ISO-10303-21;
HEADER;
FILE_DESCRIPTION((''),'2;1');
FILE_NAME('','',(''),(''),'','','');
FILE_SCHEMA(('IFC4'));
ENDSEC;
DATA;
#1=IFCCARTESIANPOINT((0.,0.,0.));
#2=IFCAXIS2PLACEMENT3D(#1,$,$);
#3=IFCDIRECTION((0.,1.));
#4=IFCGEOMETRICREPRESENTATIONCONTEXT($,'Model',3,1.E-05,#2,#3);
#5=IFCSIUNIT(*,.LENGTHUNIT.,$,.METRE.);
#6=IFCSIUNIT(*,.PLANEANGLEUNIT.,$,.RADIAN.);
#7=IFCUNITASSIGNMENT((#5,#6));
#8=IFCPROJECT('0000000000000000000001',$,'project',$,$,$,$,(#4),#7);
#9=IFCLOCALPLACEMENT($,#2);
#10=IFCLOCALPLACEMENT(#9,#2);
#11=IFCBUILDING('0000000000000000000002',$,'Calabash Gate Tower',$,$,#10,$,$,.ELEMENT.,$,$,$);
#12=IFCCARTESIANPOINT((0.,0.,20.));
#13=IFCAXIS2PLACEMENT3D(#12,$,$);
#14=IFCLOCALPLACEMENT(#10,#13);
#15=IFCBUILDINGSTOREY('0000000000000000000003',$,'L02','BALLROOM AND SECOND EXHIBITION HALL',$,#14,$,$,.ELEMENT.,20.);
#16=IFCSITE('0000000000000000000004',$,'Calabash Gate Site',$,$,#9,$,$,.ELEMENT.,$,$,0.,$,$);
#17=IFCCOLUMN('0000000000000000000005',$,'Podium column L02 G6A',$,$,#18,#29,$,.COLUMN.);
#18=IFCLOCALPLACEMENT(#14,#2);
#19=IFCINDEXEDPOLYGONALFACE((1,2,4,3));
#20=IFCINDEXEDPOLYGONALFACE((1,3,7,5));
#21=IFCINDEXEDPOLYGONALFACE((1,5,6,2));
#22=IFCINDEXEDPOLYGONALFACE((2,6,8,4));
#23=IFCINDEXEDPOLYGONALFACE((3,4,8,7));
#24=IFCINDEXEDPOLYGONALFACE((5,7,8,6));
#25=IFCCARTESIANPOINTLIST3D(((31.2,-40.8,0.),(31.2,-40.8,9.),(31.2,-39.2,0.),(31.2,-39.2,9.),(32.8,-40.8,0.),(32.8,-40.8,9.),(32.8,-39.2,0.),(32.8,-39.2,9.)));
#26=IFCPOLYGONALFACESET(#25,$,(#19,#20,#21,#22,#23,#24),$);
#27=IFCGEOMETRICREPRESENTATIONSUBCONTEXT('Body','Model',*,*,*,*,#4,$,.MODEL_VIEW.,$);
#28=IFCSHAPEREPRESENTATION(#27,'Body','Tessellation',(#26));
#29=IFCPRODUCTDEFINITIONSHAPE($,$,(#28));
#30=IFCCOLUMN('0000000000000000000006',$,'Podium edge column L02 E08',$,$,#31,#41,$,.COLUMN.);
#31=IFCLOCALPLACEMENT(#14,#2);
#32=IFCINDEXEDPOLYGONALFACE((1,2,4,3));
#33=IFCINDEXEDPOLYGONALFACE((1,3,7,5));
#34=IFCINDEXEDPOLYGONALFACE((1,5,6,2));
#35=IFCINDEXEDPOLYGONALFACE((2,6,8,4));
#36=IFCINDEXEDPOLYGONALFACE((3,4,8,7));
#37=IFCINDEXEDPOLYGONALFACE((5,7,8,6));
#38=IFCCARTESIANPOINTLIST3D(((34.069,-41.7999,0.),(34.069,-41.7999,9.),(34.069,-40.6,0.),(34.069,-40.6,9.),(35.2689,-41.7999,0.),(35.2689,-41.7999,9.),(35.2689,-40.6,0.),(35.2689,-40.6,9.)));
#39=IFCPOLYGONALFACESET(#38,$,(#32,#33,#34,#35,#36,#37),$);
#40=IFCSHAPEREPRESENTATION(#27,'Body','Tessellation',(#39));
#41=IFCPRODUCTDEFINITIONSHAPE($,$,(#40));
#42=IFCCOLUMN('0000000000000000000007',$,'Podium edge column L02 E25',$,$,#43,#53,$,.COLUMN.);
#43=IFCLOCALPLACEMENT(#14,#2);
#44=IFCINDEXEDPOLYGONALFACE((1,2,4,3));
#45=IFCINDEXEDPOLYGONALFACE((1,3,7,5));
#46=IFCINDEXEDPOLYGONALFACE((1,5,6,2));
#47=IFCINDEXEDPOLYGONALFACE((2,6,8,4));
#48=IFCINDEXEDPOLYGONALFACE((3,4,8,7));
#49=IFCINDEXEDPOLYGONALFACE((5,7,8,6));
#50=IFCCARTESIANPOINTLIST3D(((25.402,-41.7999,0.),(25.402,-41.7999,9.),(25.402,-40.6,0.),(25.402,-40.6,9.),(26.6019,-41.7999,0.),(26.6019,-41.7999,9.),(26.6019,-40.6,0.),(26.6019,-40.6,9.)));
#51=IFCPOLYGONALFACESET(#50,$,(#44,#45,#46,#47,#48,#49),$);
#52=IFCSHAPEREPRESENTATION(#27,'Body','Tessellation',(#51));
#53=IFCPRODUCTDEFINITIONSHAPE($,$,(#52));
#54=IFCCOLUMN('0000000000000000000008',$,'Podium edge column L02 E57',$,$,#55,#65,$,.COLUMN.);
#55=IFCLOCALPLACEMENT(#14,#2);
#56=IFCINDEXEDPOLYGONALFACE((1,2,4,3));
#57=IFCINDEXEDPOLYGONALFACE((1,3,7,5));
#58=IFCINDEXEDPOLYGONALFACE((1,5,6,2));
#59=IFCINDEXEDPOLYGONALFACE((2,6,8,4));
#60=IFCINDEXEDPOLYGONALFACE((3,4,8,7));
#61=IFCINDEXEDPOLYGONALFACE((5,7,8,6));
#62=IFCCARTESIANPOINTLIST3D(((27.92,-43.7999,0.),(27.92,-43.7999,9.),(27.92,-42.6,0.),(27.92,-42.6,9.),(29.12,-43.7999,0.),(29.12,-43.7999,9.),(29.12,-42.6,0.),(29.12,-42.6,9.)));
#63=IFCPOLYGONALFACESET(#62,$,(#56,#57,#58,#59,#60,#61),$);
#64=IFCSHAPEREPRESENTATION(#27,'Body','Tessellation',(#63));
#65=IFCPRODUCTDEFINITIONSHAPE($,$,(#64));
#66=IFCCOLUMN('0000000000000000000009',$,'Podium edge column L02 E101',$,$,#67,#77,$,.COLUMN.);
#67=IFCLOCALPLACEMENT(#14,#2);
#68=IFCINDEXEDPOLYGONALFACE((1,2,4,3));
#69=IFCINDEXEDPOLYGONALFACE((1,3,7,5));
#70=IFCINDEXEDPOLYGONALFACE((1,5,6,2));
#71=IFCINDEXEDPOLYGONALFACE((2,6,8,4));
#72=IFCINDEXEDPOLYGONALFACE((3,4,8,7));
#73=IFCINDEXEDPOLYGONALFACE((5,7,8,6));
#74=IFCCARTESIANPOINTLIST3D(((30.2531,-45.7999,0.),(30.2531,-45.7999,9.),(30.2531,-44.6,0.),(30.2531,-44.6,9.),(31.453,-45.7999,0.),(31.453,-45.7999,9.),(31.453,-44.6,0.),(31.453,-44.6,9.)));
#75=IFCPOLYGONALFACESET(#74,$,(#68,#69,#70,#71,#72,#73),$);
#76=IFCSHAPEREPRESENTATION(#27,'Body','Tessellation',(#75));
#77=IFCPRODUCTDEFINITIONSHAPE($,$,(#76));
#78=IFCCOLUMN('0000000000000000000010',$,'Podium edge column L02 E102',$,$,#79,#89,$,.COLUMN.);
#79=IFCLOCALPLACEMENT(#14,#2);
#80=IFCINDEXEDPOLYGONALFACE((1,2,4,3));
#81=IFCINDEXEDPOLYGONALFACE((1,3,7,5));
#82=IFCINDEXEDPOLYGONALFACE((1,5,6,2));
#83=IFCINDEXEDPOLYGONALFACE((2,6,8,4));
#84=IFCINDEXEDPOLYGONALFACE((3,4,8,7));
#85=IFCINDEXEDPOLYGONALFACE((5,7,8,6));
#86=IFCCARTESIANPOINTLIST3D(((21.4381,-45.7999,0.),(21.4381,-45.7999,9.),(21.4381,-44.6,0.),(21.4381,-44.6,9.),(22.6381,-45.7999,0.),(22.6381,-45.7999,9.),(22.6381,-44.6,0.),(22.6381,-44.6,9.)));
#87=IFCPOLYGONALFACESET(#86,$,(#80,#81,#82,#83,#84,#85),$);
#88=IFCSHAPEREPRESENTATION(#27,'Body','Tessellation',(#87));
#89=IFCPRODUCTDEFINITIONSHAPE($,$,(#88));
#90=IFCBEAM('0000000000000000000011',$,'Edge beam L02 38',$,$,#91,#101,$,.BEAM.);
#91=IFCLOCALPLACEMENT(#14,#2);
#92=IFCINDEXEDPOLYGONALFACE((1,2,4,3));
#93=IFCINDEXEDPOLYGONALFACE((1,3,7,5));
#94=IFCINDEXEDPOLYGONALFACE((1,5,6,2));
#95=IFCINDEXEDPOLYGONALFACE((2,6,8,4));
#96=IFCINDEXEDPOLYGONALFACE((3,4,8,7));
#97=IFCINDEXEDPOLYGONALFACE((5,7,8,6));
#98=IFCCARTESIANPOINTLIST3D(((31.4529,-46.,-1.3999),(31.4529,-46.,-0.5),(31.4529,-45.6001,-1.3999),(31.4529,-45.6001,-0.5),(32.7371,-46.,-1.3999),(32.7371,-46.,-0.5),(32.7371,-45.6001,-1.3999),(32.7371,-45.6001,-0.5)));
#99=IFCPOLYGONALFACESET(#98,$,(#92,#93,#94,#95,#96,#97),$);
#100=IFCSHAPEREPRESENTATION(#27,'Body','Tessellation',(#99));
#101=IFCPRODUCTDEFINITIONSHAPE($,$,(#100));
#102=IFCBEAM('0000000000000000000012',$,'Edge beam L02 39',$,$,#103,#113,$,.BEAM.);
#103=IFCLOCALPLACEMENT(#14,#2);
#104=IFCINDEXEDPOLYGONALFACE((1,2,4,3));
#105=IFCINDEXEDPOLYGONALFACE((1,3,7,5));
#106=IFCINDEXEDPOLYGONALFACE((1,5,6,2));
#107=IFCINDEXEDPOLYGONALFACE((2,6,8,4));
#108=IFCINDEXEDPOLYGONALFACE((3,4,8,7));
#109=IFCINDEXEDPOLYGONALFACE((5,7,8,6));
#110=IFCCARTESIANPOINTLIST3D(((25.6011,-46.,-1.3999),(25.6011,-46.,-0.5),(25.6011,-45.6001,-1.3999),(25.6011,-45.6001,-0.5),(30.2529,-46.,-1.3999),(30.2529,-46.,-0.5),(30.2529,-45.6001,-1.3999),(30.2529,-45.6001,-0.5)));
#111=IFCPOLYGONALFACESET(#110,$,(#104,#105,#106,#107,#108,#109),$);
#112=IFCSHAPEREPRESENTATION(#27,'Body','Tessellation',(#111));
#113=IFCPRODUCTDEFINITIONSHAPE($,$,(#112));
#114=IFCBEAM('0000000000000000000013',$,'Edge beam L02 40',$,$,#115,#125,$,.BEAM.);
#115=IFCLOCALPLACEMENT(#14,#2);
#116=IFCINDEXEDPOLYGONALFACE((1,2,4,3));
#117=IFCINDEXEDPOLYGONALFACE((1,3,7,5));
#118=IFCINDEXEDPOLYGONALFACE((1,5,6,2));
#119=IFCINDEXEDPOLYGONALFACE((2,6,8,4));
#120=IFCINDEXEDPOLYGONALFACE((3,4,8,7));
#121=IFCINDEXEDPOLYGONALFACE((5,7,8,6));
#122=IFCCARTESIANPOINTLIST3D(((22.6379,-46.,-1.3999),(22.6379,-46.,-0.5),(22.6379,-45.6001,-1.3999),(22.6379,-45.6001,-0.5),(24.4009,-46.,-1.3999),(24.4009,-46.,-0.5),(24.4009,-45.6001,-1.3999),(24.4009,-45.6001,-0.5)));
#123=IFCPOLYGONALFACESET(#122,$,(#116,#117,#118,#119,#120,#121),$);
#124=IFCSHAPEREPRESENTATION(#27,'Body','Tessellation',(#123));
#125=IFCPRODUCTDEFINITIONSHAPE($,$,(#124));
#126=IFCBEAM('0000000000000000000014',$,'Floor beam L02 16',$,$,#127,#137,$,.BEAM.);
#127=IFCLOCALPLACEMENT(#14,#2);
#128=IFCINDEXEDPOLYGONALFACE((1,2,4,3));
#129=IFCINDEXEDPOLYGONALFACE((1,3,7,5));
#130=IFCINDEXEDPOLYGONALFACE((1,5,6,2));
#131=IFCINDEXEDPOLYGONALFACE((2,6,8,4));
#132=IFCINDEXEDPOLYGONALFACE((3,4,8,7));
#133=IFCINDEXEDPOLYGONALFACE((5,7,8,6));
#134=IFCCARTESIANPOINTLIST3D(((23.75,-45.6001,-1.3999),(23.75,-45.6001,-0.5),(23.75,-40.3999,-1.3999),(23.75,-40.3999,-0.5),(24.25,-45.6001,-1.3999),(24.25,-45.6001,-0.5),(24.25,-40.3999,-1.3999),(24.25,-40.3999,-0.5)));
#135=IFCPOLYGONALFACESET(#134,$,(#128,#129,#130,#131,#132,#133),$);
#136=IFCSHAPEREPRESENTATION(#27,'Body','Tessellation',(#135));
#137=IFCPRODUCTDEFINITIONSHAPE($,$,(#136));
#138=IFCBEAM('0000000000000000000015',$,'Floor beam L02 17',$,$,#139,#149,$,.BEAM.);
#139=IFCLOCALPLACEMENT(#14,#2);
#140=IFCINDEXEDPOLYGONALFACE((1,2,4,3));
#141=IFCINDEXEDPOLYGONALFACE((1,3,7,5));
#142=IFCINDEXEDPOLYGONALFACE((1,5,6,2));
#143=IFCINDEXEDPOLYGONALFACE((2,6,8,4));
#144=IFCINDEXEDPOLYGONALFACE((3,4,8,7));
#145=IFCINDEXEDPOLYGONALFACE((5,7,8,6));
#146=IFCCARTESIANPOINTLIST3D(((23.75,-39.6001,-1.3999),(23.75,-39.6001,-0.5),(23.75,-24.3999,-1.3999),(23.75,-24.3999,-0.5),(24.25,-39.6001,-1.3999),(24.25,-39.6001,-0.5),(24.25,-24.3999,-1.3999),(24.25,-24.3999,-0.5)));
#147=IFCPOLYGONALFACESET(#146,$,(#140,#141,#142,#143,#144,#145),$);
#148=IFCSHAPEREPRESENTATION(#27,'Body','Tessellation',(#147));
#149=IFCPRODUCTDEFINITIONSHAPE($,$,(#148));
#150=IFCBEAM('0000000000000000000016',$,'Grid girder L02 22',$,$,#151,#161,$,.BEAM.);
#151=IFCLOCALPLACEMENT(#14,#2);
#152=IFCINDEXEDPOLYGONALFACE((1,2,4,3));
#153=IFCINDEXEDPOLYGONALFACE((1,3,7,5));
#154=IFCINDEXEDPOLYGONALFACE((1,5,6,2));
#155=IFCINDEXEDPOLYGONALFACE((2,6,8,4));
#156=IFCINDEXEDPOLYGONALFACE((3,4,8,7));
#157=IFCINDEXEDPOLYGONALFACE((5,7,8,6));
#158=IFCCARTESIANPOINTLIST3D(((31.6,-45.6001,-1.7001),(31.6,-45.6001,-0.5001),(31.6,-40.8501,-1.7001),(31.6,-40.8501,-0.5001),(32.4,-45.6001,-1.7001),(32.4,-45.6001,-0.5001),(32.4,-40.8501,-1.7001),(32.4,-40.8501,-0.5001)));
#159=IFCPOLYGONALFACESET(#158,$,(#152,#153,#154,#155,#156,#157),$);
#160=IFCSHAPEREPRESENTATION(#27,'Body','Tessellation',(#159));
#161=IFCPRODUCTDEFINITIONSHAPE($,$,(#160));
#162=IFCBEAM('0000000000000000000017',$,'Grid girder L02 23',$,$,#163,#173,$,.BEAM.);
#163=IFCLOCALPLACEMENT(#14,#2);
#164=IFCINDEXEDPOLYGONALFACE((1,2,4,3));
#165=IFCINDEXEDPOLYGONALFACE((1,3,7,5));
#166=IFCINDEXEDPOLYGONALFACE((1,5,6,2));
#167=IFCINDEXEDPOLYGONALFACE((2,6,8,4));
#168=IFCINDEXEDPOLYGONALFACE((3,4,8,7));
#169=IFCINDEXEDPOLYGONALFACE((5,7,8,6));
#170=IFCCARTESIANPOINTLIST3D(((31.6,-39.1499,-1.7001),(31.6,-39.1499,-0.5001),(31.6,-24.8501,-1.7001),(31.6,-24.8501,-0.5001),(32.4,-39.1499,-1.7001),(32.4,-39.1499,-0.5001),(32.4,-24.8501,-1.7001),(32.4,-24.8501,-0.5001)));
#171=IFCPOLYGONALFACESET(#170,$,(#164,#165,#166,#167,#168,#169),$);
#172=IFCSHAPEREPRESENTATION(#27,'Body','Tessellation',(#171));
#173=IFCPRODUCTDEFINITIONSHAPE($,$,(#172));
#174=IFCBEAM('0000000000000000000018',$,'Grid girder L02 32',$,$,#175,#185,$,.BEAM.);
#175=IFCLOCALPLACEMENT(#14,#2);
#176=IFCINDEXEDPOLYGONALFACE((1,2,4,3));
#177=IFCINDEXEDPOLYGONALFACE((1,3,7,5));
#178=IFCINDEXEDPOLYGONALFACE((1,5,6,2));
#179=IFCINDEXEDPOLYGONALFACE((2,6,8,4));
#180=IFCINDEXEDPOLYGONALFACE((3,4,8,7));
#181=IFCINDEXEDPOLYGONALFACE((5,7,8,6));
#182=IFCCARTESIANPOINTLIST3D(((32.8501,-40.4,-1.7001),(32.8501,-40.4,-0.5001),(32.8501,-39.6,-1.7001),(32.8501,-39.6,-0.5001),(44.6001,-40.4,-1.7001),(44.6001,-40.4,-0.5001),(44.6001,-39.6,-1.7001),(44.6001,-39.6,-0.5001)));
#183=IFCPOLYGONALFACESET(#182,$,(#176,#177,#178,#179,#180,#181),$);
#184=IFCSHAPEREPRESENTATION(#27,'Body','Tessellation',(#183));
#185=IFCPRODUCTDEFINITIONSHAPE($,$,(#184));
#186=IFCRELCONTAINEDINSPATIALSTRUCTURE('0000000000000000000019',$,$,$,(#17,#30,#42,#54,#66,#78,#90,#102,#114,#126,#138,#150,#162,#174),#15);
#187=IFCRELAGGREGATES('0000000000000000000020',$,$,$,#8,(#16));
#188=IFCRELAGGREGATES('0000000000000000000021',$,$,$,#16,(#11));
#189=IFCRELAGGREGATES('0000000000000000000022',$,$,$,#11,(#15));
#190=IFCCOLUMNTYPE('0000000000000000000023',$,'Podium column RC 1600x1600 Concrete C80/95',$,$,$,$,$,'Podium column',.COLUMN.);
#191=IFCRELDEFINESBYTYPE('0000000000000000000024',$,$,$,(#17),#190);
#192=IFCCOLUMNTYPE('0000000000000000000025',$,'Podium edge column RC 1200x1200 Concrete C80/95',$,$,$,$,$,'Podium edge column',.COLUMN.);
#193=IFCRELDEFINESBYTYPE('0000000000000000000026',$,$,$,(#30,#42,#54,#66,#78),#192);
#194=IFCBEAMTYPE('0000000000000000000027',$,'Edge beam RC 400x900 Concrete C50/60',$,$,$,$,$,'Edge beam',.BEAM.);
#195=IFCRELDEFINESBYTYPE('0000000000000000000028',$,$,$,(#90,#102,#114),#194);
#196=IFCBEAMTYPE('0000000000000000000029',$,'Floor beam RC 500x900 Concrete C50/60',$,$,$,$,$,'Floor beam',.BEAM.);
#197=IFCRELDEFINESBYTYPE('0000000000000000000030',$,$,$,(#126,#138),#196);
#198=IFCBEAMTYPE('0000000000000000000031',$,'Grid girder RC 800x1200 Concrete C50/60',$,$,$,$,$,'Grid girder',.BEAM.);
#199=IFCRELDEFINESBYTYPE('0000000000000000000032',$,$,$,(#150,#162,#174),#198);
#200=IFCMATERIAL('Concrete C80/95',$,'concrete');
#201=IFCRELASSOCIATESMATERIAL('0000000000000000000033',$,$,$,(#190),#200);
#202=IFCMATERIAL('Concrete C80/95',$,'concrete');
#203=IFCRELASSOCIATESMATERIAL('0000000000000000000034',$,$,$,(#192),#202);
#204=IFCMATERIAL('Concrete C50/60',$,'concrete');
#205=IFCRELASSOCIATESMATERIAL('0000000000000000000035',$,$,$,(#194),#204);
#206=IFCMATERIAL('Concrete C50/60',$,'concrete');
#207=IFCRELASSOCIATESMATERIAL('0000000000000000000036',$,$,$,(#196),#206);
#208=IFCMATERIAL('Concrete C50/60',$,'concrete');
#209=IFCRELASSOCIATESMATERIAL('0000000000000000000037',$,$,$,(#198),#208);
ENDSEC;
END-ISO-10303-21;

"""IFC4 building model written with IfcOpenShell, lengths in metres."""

from ifc_helpers import new_model, si_unit, direction, frame, origin, origin_2d, place, context, subcontext, project, spatial, rectangle, extrude, material, material_profile, profile_set, type_object, element, save


model = new_model("IFC4")

# Units and contexts
model_context = context("Model", 3, precision=1e-05, world=origin(), true_north=direction((0.0, 1.0)))
body_context = subcontext(model_context, "Body", "Model", "MODEL_VIEW")
ifc_project = project(units=[si_unit("LENGTHUNIT", "METRE"), si_unit("PLANEANGLEUNIT", "RADIAN")], contexts=[model_context])

# Site, building, storey
site_placement = place(None, origin())
site = spatial("IfcSite", under=ifc_project, at=site_placement, Name="Calabash Gate Site", CompositionType="ELEMENT", RefElevation=0.0)
building_placement = place(site_placement, origin())
building = spatial("IfcBuilding", under=site, at=building_placement, Name="Calabash Gate Tower", CompositionType="ELEMENT")
storey_placement = place(building_placement, frame((0.0, 0.0, 20.0)))
storey = spatial("IfcBuildingStorey", under=building, at=storey_placement, Name="L02", Description="BALLROOM AND SECOND EXHIBITION HALL", CompositionType="ELEMENT", Elevation=20.0)

# Columns
ifc_material_1 = material(Name="Concrete C80/95", Category="concrete")
ifc_material_profile_1 = material_profile(ifc_material_1, rectangle(XDim=1.6001, YDim=1.6001, at=origin_2d()))
ifc_profile_set_1 = profile_set([ifc_material_profile_1], Name="Concrete C80/95")
column_type_1 = type_object("IfcColumnType", Name="Podium column RC 1600x1600 Concrete C80/95", ElementType="Podium column", PredefinedType="COLUMN", material=ifc_profile_set_1)
column_placement = place(storey_placement, frame((32.0, -40.0, 0.0), z_axis=(0.0, 0.0, 1.0), x_axis=(1.0, 0.0, 0.0)))
element("IfcColumn", 1, at=column_placement, inside=storey, type_object=column_type_1, Name="Podium column L02 G6A", PredefinedType="COLUMN", context=body_context, shape_type="SweptSolid", body=[
    extrude(rectangle(XDim=1.6001, YDim=1.6001, at=origin_2d()), origin(), (0.0, 0.0, 1.0), 9.0),
])
ifc_material_2 = material(Name="Concrete C80/95", Category="concrete")
ifc_material_profile_2 = material_profile(ifc_material_2, rectangle(XDim=1.2, YDim=1.2, at=origin_2d()))
ifc_profile_set_2 = profile_set([ifc_material_profile_2], Name="Concrete C80/95")
column_type_2 = type_object("IfcColumnType", Name="Podium edge column RC 1200x1200 Concrete C80/95", ElementType="Podium edge column", PredefinedType="COLUMN", material=ifc_profile_set_2)
for number, where, z_axis, x_axis, name in (
    (2, (34.6689, -41.2, 0.0), (0.0, 0.0, 1.0), (1.0, 0.0, 0.0), "Podium edge column L02 E08"),
    (3, (26.002, -41.2, 0.0), (0.0, 0.0, 1.0), (1.0, 0.0, 0.0), "Podium edge column L02 E25"),
    (4, (28.52, -43.2, 0.0), (0.0, 0.0, 1.0), (1.0, 0.0, 0.0), "Podium edge column L02 E57"),
    (5, (30.853, -45.2, 0.0), (0.0, 0.0, 1.0), (1.0, 0.0, 0.0), "Podium edge column L02 E101"),
    (6, (22.0381, -45.2, 0.0), (0.0, 0.0, 1.0), (1.0, 0.0, 0.0), "Podium edge column L02 E102"),
):
    element("IfcColumn", number, at=place(storey_placement, frame(where, z_axis=z_axis, x_axis=x_axis)), inside=storey, type_object=column_type_2, Name=name, PredefinedType="COLUMN", context=body_context, shape_type="SweptSolid", body=[
        extrude(rectangle(XDim=1.2, YDim=1.2, at=origin_2d()), origin(), (0.0, 0.0, 1.0), 9.0),
    ])

# Beams
ifc_material_3 = material(Name="Concrete C50/60", Category="concrete")
ifc_material_profile_3 = material_profile(ifc_material_3, rectangle(XDim=0.3999, YDim=0.8999, at=origin_2d()))
ifc_profile_set_3 = profile_set([ifc_material_profile_3], Name="Concrete C50/60")
beam_type_1 = type_object("IfcBeamType", Name="Edge beam RC 400x900 Concrete C50/60", ElementType="Edge beam", PredefinedType="BEAM", material=ifc_profile_set_3)
beam_1_placement = place(storey_placement, frame((32.7371, -45.8, -0.95), z_axis=(-1.0, 0.0, 0.0), x_axis=(0.0, -1.0, 0.0)))
element("IfcBeam", 7, at=beam_1_placement, inside=storey, type_object=beam_type_1, Name="Edge beam L02 38", PredefinedType="BEAM", context=body_context, shape_type="SweptSolid", body=[
    extrude(rectangle(XDim=0.3999, YDim=0.8999, at=origin_2d()), origin(), (0.0, 0.0, 1.0), 1.2842),
])
beam_2_placement = place(storey_placement, frame((30.2529, -45.8, -0.95), z_axis=(-1.0, 0.0, 0.0), x_axis=(0.0, -1.0, 0.0)))
element("IfcBeam", 8, at=beam_2_placement, inside=storey, type_object=beam_type_1, Name="Edge beam L02 39", PredefinedType="BEAM", context=body_context, shape_type="SweptSolid", body=[
    extrude(rectangle(XDim=0.3999, YDim=0.8999, at=origin_2d()), origin(), (0.0, 0.0, 1.0), 4.6519),
])
beam_3_placement = place(storey_placement, frame((24.4009, -45.8, -0.95), z_axis=(-1.0, 0.0, 0.0), x_axis=(0.0, -1.0, 0.0)))
element("IfcBeam", 9, at=beam_3_placement, inside=storey, type_object=beam_type_1, Name="Edge beam L02 40", PredefinedType="BEAM", context=body_context, shape_type="SweptSolid", body=[
    extrude(rectangle(XDim=0.3999, YDim=0.8999, at=origin_2d()), origin(), (0.0, 0.0, 1.0), 1.7629),
])
ifc_material_4 = material(Name="Concrete C50/60", Category="concrete")
ifc_material_profile_4 = material_profile(ifc_material_4, rectangle(XDim=0.5, YDim=0.8999, at=origin_2d()))
ifc_profile_set_4 = profile_set([ifc_material_profile_4], Name="Concrete C50/60")
beam_type_2 = type_object("IfcBeamType", Name="Floor beam RC 500x900 Concrete C50/60", ElementType="Floor beam", PredefinedType="BEAM", material=ifc_profile_set_4)
beam_4_placement = place(storey_placement, frame((24.0, -45.6001, -0.95), z_axis=(0.0, 1.0, 0.0), x_axis=(-1.0, 0.0, 0.0)))
element("IfcBeam", 10, at=beam_4_placement, inside=storey, type_object=beam_type_2, Name="Floor beam L02 16", PredefinedType="BEAM", context=body_context, shape_type="SweptSolid", body=[
    extrude(rectangle(XDim=0.5, YDim=0.8999, at=origin_2d()), origin(), (0.0, 0.0, 1.0), 5.2002),
])
beam_5_placement = place(storey_placement, frame((24.0, -39.6001, -0.95), z_axis=(0.0, 1.0, 0.0), x_axis=(-1.0, 0.0, 0.0)))
element("IfcBeam", 11, at=beam_5_placement, inside=storey, type_object=beam_type_2, Name="Floor beam L02 17", PredefinedType="BEAM", context=body_context, shape_type="SweptSolid", body=[
    extrude(rectangle(XDim=0.5, YDim=0.8999, at=origin_2d()), origin(), (0.0, 0.0, 1.0), 15.2002),
])
ifc_material_5 = material(Name="Concrete C50/60", Category="concrete")
ifc_material_profile_5 = material_profile(ifc_material_5, rectangle(XDim=0.8, YDim=1.2, at=origin_2d()))
ifc_profile_set_5 = profile_set([ifc_material_profile_5], Name="Concrete C50/60")
beam_type_3 = type_object("IfcBeamType", Name="Grid girder RC 800x1200 Concrete C50/60", ElementType="Grid girder", PredefinedType="BEAM", material=ifc_profile_set_5)
beam_6_placement = place(storey_placement, frame((32.0, -45.6001, -1.1001), z_axis=(0.0, 1.0, 0.0), x_axis=(-1.0, 0.0, 0.0)))
element("IfcBeam", 12, at=beam_6_placement, inside=storey, type_object=beam_type_3, Name="Grid girder L02 22", PredefinedType="BEAM", context=body_context, shape_type="SweptSolid", body=[
    extrude(rectangle(XDim=0.8, YDim=1.2, at=origin_2d()), origin(), (0.0, 0.0, 1.0), 4.75),
])
beam_7_placement = place(storey_placement, frame((32.0, -39.1499, -1.1001), z_axis=(0.0, 1.0, 0.0), x_axis=(-1.0, 0.0, 0.0)))
element("IfcBeam", 13, at=beam_7_placement, inside=storey, type_object=beam_type_3, Name="Grid girder L02 23", PredefinedType="BEAM", context=body_context, shape_type="SweptSolid", body=[
    extrude(rectangle(XDim=0.8, YDim=1.2, at=origin_2d()), origin(), (0.0, 0.0, 1.0), 14.2998),
])
beam_8_placement = place(storey_placement, frame((32.8501, -40.0, -1.1001), z_axis=(1.0, 0.0, 0.0), x_axis=(0.0, 1.0, 0.0)))
element("IfcBeam", 14, at=beam_8_placement, inside=storey, type_object=beam_type_3, Name="Grid girder L02 32", PredefinedType="BEAM", context=body_context, shape_type="SweptSolid", body=[
    extrude(rectangle(XDim=0.8, YDim=1.2, at=origin_2d()), origin(), (0.0, 0.0, 1.0), 11.75),
])

save(model, "model.ifc")
